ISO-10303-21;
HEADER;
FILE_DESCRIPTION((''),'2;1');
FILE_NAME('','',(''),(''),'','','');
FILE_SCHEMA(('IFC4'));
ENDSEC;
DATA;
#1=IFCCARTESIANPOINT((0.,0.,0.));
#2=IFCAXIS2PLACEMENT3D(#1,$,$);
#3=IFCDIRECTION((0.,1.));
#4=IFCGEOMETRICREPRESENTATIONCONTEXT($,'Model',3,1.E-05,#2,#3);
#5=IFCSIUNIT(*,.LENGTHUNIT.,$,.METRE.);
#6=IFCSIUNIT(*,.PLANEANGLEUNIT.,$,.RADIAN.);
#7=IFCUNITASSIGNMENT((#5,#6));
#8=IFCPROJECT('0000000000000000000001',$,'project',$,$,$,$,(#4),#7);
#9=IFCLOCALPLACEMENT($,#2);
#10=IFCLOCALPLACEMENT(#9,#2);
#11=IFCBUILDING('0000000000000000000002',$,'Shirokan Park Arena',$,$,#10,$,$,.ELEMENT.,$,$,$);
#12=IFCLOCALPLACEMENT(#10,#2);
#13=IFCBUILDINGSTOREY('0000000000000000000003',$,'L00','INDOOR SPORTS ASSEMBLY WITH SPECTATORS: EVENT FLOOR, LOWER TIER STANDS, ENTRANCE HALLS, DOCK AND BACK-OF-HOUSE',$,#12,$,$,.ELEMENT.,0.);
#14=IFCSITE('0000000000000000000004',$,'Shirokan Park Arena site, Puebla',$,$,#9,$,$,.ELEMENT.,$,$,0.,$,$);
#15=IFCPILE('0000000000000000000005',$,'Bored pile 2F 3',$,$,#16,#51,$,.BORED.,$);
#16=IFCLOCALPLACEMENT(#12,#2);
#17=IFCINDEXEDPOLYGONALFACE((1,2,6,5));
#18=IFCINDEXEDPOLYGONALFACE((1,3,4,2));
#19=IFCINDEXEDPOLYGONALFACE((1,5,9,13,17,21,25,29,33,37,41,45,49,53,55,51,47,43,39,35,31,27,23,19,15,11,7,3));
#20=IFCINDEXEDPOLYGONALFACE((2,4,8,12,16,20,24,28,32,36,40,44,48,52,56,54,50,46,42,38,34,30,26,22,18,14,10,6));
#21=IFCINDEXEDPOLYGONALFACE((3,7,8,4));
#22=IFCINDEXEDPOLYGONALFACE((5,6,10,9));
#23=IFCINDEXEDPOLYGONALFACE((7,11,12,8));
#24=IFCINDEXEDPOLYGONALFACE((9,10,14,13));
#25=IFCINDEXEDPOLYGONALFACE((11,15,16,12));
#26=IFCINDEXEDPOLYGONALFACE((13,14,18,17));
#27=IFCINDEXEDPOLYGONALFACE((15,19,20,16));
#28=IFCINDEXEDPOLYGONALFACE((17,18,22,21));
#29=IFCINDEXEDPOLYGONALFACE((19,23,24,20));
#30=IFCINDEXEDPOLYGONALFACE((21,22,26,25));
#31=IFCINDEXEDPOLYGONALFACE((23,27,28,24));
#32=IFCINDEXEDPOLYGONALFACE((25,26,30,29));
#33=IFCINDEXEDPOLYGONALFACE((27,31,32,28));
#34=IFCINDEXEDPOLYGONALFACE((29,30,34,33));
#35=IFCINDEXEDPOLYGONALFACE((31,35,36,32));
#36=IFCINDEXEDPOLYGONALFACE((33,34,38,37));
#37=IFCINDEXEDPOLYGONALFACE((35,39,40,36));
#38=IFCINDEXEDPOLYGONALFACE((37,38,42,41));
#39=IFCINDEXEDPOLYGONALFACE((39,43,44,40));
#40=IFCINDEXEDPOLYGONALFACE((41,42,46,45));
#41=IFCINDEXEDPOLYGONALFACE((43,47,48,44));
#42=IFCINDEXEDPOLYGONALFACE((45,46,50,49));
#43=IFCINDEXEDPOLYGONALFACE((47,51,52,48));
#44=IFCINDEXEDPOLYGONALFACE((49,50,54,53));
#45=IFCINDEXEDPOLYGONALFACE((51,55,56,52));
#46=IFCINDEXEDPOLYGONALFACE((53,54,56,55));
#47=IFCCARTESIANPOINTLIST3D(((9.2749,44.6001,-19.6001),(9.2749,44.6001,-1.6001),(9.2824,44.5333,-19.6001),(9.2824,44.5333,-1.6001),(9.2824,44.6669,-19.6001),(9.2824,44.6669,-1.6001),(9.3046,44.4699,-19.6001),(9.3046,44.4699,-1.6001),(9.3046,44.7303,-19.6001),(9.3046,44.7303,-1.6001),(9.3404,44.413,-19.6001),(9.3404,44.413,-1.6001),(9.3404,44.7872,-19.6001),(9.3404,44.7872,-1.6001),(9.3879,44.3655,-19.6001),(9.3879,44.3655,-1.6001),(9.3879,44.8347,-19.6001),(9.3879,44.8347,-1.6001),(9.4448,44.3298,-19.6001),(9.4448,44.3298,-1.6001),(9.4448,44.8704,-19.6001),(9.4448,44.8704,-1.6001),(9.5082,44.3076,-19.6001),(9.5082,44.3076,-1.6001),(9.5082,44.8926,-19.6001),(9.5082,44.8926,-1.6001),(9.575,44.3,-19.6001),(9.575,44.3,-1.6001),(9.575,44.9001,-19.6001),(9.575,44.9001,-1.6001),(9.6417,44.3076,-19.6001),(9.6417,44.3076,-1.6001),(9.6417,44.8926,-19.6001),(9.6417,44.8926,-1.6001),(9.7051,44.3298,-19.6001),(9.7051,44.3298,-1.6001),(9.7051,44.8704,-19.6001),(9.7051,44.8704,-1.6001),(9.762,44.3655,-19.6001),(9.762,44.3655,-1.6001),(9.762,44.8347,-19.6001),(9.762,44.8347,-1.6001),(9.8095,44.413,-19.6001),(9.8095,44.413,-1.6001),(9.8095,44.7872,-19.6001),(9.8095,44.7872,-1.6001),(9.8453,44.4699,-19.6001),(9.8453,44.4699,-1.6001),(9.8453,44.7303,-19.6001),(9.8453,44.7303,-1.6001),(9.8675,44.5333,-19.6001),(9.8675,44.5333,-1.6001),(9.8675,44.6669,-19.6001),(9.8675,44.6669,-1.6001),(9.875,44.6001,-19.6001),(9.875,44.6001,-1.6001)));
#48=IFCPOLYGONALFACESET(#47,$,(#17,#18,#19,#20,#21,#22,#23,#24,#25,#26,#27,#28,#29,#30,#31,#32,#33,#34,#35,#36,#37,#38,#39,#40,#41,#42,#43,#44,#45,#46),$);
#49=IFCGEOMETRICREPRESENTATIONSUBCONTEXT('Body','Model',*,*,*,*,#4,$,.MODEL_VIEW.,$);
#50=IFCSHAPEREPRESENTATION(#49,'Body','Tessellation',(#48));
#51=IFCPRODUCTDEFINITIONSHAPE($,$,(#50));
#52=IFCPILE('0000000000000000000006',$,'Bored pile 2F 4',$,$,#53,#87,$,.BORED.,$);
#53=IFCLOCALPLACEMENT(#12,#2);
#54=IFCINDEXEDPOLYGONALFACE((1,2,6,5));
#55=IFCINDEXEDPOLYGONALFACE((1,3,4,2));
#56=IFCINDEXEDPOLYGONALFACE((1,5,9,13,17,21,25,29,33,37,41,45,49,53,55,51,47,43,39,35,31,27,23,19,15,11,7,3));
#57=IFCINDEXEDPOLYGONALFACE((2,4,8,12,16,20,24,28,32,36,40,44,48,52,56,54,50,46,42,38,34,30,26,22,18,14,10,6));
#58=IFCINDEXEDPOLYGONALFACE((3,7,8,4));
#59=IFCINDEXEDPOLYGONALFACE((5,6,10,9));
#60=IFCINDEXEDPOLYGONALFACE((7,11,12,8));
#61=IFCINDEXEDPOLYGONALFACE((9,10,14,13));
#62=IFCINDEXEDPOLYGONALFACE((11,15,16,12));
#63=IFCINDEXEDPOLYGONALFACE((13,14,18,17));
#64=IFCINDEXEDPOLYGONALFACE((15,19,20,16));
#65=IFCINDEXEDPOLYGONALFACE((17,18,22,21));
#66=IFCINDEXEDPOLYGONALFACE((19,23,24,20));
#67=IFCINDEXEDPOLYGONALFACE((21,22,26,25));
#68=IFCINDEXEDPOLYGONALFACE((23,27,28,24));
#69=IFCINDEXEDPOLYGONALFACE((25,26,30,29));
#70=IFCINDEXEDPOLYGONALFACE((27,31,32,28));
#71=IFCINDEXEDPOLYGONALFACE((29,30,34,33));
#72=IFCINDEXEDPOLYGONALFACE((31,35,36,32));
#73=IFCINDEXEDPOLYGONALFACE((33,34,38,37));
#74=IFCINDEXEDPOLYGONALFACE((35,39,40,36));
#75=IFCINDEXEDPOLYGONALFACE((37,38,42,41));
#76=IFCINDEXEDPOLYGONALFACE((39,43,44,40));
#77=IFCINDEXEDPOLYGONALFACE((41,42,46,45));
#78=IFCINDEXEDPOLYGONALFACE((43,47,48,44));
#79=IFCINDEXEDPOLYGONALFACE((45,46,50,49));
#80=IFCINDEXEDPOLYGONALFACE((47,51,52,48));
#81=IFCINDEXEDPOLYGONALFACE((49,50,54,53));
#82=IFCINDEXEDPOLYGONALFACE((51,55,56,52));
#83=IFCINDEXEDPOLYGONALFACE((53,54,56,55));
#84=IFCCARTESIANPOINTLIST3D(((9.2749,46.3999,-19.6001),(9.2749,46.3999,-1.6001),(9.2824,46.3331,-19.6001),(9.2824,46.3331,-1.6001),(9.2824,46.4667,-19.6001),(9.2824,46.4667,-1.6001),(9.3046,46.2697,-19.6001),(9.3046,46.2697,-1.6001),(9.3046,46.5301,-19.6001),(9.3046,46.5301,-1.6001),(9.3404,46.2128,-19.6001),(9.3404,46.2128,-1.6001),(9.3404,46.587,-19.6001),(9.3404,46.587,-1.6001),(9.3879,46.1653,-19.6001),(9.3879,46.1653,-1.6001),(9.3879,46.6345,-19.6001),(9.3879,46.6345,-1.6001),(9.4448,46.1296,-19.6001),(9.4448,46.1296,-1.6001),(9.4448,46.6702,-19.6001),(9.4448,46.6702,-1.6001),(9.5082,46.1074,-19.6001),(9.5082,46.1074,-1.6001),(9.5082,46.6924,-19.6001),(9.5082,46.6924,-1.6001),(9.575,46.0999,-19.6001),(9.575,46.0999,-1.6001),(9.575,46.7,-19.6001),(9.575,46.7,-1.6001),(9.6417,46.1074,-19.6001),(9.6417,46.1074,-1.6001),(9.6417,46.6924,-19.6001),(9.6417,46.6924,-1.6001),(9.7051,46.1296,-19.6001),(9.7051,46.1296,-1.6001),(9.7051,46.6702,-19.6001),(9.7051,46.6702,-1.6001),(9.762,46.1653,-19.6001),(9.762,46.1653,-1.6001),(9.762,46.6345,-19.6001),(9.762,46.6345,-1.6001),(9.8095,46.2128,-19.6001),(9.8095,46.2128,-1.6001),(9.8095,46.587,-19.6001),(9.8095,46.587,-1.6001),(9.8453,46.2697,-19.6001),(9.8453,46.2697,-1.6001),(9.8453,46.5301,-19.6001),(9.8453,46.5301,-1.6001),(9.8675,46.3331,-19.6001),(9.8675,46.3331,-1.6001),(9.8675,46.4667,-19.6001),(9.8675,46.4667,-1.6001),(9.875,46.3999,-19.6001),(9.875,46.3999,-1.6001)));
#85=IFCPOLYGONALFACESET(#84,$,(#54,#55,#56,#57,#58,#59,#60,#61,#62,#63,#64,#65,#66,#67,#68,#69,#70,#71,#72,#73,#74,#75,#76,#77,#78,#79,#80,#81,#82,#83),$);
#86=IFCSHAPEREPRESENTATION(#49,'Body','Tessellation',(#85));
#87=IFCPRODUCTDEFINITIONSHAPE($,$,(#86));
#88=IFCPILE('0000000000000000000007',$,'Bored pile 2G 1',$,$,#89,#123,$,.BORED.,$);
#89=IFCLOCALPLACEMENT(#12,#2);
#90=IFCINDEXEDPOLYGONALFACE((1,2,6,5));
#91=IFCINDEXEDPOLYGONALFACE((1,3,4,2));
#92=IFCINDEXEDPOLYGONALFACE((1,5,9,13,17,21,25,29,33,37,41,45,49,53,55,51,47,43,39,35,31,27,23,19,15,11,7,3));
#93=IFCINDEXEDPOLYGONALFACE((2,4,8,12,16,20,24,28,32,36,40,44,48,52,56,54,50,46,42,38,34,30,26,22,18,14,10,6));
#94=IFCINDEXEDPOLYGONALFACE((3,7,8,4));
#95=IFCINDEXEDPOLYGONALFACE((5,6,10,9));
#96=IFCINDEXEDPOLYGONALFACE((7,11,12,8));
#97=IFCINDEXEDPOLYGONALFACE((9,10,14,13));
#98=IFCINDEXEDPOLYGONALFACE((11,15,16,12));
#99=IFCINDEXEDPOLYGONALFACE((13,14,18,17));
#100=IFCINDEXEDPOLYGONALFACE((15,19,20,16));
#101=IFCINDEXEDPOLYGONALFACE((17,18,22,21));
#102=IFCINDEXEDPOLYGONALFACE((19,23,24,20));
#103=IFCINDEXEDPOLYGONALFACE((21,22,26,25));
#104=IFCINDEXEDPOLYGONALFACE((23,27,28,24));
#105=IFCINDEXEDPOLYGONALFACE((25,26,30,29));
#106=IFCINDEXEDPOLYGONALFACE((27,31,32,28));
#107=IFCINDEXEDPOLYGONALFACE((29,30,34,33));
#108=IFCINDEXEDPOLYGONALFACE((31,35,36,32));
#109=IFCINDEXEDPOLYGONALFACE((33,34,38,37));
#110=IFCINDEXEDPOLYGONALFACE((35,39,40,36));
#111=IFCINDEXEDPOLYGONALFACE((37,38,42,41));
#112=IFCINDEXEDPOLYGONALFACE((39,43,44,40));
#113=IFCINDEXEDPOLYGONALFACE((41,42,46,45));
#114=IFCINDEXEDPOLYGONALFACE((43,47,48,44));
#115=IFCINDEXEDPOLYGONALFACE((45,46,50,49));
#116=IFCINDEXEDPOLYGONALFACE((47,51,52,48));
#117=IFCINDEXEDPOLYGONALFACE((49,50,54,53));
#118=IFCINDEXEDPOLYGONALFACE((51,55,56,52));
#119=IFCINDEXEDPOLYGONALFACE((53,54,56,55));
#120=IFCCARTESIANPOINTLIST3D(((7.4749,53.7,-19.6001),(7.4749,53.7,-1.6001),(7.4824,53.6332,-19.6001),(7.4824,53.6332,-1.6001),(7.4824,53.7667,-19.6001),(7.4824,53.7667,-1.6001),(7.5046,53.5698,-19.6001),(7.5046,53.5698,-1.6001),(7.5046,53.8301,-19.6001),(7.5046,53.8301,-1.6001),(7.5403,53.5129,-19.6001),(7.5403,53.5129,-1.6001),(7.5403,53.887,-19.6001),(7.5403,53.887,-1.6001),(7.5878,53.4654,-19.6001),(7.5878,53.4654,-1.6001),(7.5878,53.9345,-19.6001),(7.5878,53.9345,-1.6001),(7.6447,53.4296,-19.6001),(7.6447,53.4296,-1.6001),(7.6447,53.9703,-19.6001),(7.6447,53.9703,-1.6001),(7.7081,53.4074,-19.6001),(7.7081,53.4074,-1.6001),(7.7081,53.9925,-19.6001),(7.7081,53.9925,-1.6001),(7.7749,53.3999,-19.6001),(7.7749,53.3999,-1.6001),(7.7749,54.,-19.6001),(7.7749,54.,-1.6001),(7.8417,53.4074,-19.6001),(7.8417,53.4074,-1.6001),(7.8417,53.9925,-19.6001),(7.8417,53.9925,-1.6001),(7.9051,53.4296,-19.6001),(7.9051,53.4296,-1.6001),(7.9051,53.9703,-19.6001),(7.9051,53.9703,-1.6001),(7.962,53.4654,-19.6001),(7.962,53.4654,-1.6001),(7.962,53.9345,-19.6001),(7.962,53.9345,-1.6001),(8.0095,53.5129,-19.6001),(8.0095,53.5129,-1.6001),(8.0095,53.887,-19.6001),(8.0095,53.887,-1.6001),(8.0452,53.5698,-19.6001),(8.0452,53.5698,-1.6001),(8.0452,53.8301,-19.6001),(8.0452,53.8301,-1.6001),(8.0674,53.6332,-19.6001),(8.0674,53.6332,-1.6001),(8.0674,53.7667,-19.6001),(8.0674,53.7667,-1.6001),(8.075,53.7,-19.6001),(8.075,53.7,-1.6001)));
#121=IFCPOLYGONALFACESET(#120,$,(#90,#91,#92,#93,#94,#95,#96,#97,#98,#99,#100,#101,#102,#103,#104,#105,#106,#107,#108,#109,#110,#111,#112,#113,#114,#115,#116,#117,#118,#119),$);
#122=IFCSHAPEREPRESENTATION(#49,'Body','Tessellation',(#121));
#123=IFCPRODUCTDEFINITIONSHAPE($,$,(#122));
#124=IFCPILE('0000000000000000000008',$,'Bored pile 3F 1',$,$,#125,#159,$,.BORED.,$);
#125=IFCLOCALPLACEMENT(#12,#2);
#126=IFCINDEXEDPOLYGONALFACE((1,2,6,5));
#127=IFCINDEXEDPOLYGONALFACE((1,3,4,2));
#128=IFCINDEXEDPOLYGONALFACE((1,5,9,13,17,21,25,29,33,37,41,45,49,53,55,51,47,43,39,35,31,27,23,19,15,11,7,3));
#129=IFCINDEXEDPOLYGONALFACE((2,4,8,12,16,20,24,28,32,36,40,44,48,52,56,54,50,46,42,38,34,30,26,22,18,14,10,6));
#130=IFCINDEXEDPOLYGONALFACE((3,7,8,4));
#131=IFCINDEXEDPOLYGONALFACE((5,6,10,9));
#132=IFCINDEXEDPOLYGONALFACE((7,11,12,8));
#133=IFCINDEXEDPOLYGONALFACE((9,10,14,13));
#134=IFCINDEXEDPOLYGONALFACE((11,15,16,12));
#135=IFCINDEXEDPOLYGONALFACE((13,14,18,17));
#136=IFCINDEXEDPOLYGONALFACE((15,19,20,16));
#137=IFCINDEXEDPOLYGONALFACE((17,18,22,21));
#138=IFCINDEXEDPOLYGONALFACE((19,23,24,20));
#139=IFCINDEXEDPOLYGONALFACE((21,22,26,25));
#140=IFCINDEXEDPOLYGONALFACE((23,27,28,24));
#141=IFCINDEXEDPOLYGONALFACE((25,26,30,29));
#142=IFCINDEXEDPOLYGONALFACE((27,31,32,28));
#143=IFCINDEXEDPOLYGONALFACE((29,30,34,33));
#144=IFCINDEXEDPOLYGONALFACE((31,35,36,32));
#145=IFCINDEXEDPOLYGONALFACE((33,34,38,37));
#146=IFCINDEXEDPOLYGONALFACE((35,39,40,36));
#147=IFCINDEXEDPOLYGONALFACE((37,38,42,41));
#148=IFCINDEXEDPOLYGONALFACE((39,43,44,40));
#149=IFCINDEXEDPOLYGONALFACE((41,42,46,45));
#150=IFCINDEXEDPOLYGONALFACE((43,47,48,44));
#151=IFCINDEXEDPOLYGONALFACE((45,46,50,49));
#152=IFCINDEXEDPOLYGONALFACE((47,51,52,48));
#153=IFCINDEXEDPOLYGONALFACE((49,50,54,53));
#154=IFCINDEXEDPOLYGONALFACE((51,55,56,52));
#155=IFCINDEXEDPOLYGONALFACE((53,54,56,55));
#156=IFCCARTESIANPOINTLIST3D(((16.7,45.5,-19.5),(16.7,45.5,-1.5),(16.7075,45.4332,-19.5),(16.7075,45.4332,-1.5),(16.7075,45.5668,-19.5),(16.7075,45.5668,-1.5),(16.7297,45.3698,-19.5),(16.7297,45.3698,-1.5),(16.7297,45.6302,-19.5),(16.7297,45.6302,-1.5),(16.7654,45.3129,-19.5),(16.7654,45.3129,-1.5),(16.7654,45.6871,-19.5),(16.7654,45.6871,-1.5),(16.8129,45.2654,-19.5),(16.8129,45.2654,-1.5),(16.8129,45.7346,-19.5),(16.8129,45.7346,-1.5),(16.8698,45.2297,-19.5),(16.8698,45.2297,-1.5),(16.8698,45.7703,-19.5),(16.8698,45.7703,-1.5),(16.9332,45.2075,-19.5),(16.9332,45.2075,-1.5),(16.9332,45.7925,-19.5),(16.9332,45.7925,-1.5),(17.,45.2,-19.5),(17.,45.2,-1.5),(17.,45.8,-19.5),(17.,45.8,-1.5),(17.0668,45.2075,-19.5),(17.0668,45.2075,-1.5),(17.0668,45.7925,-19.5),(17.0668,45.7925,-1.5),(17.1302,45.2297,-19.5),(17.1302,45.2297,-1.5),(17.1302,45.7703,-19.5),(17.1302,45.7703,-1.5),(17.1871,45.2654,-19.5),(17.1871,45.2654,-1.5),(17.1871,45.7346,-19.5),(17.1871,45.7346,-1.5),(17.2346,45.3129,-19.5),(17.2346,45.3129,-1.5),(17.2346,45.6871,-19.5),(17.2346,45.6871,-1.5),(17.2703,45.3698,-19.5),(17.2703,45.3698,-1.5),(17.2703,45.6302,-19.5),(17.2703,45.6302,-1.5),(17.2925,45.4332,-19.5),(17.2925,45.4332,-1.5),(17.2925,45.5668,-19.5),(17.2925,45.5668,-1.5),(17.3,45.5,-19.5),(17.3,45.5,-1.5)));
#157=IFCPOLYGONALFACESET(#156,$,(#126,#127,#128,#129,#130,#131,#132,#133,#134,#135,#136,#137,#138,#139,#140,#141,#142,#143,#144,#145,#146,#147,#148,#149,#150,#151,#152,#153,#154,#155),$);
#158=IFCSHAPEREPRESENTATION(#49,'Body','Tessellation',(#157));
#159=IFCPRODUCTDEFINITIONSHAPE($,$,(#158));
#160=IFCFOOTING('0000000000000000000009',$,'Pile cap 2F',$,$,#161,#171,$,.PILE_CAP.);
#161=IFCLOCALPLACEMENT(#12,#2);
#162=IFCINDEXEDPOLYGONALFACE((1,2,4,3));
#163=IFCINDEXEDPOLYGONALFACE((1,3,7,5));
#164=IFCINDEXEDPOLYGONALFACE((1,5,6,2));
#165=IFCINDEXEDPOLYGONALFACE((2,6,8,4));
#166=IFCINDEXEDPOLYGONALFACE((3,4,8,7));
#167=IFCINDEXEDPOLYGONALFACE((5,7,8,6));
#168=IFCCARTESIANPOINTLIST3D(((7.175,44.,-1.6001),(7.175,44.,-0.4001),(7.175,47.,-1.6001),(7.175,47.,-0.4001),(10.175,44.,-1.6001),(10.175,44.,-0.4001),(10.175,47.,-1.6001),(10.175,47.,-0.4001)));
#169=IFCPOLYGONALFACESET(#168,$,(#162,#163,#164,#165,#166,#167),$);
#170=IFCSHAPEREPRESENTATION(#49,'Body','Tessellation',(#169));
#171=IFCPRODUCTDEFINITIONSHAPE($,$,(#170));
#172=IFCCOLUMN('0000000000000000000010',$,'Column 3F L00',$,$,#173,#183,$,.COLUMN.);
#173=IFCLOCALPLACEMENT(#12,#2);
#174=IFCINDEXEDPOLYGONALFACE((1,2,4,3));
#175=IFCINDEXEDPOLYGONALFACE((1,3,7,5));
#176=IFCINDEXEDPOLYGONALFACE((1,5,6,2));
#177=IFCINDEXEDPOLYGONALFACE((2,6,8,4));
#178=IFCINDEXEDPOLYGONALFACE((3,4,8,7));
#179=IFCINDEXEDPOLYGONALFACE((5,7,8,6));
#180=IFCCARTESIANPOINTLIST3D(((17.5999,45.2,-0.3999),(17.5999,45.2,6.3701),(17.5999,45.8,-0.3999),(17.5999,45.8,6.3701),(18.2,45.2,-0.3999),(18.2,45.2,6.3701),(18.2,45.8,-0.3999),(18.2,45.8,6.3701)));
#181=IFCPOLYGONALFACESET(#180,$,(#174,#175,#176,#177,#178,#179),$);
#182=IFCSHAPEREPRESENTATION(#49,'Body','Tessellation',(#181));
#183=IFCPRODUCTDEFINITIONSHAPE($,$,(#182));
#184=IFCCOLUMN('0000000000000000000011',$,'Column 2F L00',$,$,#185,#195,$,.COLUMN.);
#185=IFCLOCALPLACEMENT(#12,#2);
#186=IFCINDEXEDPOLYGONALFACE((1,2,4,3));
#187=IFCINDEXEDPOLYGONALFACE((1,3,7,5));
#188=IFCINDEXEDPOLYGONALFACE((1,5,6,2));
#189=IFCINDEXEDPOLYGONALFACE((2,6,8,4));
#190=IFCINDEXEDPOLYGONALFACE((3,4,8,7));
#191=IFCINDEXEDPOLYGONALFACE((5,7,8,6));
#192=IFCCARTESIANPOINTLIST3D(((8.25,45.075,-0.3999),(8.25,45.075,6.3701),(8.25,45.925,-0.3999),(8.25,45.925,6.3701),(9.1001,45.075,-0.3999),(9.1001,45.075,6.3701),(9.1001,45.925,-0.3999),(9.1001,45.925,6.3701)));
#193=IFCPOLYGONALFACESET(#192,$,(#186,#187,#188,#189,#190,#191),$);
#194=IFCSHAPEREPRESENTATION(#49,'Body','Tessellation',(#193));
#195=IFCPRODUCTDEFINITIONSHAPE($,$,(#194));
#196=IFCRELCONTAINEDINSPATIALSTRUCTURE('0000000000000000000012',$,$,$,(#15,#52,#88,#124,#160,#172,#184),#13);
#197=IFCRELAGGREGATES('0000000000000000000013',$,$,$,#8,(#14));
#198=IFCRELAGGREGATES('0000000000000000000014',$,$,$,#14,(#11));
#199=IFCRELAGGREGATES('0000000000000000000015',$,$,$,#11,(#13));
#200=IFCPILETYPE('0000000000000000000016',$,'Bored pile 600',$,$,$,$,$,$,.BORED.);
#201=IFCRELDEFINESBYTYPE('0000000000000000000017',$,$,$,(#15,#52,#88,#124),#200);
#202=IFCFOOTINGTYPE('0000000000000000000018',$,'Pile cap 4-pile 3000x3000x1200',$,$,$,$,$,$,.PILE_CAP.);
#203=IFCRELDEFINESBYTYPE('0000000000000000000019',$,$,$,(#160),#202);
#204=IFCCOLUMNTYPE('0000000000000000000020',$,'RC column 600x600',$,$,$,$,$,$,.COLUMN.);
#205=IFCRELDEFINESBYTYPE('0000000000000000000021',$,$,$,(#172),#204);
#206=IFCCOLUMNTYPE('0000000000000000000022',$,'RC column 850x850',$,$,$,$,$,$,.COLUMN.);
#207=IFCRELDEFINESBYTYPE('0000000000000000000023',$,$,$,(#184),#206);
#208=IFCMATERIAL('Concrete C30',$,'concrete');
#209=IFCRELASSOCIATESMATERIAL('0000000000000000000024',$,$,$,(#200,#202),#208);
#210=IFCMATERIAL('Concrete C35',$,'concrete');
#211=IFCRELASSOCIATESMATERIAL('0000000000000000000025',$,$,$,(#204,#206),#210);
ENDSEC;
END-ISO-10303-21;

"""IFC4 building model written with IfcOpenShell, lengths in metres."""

from ifc_helpers import new_model, si_unit, direction, frame, origin, origin_2d, place, context, subcontext, project, spatial, rectangle, circle, extrude, material, material_profile, profile_set, type_object, element, save


model = new_model("IFC4")

# Units and contexts
model_context = context("Model", 3, precision=1e-05, world=origin(), true_north=direction((0.0, 1.0)))
body_context = subcontext(model_context, "Body", "Model", "MODEL_VIEW")
ifc_project = project(units=[si_unit("LENGTHUNIT", "METRE"), si_unit("PLANEANGLEUNIT", "RADIAN")], contexts=[model_context])

# Site, building, storey
site_placement = place(None, origin())
site = spatial("IfcSite", under=ifc_project, at=site_placement, Name="Shirokan Park Arena site, Puebla", CompositionType="ELEMENT", RefElevation=0.0)
building_placement = place(site_placement, origin())
building = spatial("IfcBuilding", under=site, at=building_placement, Name="Shirokan Park Arena", CompositionType="ELEMENT")
storey_placement = place(building_placement, origin())
storey = spatial("IfcBuildingStorey", under=building, at=storey_placement, Name="L00", Description="INDOOR SPORTS ASSEMBLY WITH SPECTATORS: EVENT FLOOR, LOWER TIER STANDS, ENTRANCE HALLS, DOCK AND BACK-OF-HOUSE", CompositionType="ELEMENT", Elevation=0.0)

# Piles
ifc_material_1 = material(Name="Concrete C30", Category="concrete")
ifc_material_profile_1 = material_profile(ifc_material_1, circle(Radius=0.3, at=origin_2d()), Name="D600")
ifc_profile_set_1 = profile_set([ifc_material_profile_1], Name="Concrete C30")
pile_type = type_object("IfcPileType", Name="Bored pile 600", PredefinedType="BORED", material=ifc_profile_set_1)
for number, where, z_axis, x_axis, name in (
    (1, (9.575, 44.6001, -1.6001), (0.0, 0.0, -1.0), (1.0, 0.0, 0.0), "Bored pile 2F 3"),
    (2, (9.575, 46.3999, -1.6001), (0.0, 0.0, -1.0), (1.0, 0.0, 0.0), "Bored pile 2F 4"),
    (3, (7.7749, 53.7, -1.6001), (0.0, 0.0, -1.0), (1.0, 0.0, 0.0), "Bored pile 2G 1"),
    (4, (17.0, 45.5, -1.5), (0.0, 0.0, -1.0), (1.0, 0.0, 0.0), "Bored pile 3F 1"),
):
    element("IfcPile", number, at=place(storey_placement, frame(where, z_axis=z_axis, x_axis=x_axis)), inside=storey, type_object=pile_type, Name=name, PredefinedType="BORED", context=body_context, shape_type="SweptSolid", body=[
        extrude(circle(Radius=0.3, at=origin_2d()), origin(), (0.0, 0.0, 1.0), 18.0),
    ])

# Footing
footing_type = type_object("IfcFootingType", Name="Pile cap 4-pile 3000x3000x1200", PredefinedType="PILE_CAP", material=ifc_material_1)
footing_placement = place(storey_placement, frame((8.675, 45.5, -1.6001), z_axis=(0.0, 0.0, 1.0), x_axis=(1.0, 0.0, 0.0)))
element("IfcFooting", 5, at=footing_placement, inside=storey, type_object=footing_type, Name="Pile cap 2F", PredefinedType="PILE_CAP", context=body_context, shape_type="SweptSolid", body=[
    extrude(rectangle(XDim=3.0, YDim=3.0, at=origin_2d()), origin(), (0.0, 0.0, 1.0), 1.2),
])

# Columns
ifc_material_2 = material(Name="Concrete C35", Category="concrete")
ifc_material_profile_2 = material_profile(ifc_material_2, rectangle(XDim=0.6001, YDim=0.6001, at=origin_2d()), Name="600x600")
ifc_profile_set_2 = profile_set([ifc_material_profile_2], Name="Concrete C35")
column_type_1 = type_object("IfcColumnType", Name="RC column 600x600", PredefinedType="COLUMN", material=ifc_profile_set_2)
column_1_placement = place(storey_placement, frame((17.8999, 45.5, -0.3999), z_axis=(0.0, 0.0, 1.0), x_axis=(1.0, 0.0, 0.0)))
element("IfcColumn", 6, at=column_1_placement, inside=storey, type_object=column_type_1, Name="Column 3F L00", PredefinedType="COLUMN", context=body_context, shape_type="SweptSolid", body=[
    extrude(rectangle(XDim=0.6001, YDim=0.6001, at=origin_2d()), origin(), (0.0, 0.0, 1.0), 6.77),
])
ifc_material_profile_3 = material_profile(ifc_material_2, rectangle(XDim=0.8501, YDim=0.8501, at=origin_2d()), Name="850x850")
ifc_profile_set_3 = profile_set([ifc_material_profile_3], Name="Concrete C35")
column_type_2 = type_object("IfcColumnType", Name="RC column 850x850", PredefinedType="COLUMN", material=ifc_profile_set_3)
column_2_placement = place(storey_placement, frame((8.675, 45.5, -0.3999), z_axis=(0.0, 0.0, 1.0), x_axis=(1.0, 0.0, 0.0)))
element("IfcColumn", 7, at=column_2_placement, inside=storey, type_object=column_type_2, Name="Column 2F L00", PredefinedType="COLUMN", context=body_context, shape_type="SweptSolid", body=[
    extrude(rectangle(XDim=0.8501, YDim=0.8501, at=origin_2d()), origin(), (0.0, 0.0, 1.0), 6.77),
])

save(model, "model.ifc")
